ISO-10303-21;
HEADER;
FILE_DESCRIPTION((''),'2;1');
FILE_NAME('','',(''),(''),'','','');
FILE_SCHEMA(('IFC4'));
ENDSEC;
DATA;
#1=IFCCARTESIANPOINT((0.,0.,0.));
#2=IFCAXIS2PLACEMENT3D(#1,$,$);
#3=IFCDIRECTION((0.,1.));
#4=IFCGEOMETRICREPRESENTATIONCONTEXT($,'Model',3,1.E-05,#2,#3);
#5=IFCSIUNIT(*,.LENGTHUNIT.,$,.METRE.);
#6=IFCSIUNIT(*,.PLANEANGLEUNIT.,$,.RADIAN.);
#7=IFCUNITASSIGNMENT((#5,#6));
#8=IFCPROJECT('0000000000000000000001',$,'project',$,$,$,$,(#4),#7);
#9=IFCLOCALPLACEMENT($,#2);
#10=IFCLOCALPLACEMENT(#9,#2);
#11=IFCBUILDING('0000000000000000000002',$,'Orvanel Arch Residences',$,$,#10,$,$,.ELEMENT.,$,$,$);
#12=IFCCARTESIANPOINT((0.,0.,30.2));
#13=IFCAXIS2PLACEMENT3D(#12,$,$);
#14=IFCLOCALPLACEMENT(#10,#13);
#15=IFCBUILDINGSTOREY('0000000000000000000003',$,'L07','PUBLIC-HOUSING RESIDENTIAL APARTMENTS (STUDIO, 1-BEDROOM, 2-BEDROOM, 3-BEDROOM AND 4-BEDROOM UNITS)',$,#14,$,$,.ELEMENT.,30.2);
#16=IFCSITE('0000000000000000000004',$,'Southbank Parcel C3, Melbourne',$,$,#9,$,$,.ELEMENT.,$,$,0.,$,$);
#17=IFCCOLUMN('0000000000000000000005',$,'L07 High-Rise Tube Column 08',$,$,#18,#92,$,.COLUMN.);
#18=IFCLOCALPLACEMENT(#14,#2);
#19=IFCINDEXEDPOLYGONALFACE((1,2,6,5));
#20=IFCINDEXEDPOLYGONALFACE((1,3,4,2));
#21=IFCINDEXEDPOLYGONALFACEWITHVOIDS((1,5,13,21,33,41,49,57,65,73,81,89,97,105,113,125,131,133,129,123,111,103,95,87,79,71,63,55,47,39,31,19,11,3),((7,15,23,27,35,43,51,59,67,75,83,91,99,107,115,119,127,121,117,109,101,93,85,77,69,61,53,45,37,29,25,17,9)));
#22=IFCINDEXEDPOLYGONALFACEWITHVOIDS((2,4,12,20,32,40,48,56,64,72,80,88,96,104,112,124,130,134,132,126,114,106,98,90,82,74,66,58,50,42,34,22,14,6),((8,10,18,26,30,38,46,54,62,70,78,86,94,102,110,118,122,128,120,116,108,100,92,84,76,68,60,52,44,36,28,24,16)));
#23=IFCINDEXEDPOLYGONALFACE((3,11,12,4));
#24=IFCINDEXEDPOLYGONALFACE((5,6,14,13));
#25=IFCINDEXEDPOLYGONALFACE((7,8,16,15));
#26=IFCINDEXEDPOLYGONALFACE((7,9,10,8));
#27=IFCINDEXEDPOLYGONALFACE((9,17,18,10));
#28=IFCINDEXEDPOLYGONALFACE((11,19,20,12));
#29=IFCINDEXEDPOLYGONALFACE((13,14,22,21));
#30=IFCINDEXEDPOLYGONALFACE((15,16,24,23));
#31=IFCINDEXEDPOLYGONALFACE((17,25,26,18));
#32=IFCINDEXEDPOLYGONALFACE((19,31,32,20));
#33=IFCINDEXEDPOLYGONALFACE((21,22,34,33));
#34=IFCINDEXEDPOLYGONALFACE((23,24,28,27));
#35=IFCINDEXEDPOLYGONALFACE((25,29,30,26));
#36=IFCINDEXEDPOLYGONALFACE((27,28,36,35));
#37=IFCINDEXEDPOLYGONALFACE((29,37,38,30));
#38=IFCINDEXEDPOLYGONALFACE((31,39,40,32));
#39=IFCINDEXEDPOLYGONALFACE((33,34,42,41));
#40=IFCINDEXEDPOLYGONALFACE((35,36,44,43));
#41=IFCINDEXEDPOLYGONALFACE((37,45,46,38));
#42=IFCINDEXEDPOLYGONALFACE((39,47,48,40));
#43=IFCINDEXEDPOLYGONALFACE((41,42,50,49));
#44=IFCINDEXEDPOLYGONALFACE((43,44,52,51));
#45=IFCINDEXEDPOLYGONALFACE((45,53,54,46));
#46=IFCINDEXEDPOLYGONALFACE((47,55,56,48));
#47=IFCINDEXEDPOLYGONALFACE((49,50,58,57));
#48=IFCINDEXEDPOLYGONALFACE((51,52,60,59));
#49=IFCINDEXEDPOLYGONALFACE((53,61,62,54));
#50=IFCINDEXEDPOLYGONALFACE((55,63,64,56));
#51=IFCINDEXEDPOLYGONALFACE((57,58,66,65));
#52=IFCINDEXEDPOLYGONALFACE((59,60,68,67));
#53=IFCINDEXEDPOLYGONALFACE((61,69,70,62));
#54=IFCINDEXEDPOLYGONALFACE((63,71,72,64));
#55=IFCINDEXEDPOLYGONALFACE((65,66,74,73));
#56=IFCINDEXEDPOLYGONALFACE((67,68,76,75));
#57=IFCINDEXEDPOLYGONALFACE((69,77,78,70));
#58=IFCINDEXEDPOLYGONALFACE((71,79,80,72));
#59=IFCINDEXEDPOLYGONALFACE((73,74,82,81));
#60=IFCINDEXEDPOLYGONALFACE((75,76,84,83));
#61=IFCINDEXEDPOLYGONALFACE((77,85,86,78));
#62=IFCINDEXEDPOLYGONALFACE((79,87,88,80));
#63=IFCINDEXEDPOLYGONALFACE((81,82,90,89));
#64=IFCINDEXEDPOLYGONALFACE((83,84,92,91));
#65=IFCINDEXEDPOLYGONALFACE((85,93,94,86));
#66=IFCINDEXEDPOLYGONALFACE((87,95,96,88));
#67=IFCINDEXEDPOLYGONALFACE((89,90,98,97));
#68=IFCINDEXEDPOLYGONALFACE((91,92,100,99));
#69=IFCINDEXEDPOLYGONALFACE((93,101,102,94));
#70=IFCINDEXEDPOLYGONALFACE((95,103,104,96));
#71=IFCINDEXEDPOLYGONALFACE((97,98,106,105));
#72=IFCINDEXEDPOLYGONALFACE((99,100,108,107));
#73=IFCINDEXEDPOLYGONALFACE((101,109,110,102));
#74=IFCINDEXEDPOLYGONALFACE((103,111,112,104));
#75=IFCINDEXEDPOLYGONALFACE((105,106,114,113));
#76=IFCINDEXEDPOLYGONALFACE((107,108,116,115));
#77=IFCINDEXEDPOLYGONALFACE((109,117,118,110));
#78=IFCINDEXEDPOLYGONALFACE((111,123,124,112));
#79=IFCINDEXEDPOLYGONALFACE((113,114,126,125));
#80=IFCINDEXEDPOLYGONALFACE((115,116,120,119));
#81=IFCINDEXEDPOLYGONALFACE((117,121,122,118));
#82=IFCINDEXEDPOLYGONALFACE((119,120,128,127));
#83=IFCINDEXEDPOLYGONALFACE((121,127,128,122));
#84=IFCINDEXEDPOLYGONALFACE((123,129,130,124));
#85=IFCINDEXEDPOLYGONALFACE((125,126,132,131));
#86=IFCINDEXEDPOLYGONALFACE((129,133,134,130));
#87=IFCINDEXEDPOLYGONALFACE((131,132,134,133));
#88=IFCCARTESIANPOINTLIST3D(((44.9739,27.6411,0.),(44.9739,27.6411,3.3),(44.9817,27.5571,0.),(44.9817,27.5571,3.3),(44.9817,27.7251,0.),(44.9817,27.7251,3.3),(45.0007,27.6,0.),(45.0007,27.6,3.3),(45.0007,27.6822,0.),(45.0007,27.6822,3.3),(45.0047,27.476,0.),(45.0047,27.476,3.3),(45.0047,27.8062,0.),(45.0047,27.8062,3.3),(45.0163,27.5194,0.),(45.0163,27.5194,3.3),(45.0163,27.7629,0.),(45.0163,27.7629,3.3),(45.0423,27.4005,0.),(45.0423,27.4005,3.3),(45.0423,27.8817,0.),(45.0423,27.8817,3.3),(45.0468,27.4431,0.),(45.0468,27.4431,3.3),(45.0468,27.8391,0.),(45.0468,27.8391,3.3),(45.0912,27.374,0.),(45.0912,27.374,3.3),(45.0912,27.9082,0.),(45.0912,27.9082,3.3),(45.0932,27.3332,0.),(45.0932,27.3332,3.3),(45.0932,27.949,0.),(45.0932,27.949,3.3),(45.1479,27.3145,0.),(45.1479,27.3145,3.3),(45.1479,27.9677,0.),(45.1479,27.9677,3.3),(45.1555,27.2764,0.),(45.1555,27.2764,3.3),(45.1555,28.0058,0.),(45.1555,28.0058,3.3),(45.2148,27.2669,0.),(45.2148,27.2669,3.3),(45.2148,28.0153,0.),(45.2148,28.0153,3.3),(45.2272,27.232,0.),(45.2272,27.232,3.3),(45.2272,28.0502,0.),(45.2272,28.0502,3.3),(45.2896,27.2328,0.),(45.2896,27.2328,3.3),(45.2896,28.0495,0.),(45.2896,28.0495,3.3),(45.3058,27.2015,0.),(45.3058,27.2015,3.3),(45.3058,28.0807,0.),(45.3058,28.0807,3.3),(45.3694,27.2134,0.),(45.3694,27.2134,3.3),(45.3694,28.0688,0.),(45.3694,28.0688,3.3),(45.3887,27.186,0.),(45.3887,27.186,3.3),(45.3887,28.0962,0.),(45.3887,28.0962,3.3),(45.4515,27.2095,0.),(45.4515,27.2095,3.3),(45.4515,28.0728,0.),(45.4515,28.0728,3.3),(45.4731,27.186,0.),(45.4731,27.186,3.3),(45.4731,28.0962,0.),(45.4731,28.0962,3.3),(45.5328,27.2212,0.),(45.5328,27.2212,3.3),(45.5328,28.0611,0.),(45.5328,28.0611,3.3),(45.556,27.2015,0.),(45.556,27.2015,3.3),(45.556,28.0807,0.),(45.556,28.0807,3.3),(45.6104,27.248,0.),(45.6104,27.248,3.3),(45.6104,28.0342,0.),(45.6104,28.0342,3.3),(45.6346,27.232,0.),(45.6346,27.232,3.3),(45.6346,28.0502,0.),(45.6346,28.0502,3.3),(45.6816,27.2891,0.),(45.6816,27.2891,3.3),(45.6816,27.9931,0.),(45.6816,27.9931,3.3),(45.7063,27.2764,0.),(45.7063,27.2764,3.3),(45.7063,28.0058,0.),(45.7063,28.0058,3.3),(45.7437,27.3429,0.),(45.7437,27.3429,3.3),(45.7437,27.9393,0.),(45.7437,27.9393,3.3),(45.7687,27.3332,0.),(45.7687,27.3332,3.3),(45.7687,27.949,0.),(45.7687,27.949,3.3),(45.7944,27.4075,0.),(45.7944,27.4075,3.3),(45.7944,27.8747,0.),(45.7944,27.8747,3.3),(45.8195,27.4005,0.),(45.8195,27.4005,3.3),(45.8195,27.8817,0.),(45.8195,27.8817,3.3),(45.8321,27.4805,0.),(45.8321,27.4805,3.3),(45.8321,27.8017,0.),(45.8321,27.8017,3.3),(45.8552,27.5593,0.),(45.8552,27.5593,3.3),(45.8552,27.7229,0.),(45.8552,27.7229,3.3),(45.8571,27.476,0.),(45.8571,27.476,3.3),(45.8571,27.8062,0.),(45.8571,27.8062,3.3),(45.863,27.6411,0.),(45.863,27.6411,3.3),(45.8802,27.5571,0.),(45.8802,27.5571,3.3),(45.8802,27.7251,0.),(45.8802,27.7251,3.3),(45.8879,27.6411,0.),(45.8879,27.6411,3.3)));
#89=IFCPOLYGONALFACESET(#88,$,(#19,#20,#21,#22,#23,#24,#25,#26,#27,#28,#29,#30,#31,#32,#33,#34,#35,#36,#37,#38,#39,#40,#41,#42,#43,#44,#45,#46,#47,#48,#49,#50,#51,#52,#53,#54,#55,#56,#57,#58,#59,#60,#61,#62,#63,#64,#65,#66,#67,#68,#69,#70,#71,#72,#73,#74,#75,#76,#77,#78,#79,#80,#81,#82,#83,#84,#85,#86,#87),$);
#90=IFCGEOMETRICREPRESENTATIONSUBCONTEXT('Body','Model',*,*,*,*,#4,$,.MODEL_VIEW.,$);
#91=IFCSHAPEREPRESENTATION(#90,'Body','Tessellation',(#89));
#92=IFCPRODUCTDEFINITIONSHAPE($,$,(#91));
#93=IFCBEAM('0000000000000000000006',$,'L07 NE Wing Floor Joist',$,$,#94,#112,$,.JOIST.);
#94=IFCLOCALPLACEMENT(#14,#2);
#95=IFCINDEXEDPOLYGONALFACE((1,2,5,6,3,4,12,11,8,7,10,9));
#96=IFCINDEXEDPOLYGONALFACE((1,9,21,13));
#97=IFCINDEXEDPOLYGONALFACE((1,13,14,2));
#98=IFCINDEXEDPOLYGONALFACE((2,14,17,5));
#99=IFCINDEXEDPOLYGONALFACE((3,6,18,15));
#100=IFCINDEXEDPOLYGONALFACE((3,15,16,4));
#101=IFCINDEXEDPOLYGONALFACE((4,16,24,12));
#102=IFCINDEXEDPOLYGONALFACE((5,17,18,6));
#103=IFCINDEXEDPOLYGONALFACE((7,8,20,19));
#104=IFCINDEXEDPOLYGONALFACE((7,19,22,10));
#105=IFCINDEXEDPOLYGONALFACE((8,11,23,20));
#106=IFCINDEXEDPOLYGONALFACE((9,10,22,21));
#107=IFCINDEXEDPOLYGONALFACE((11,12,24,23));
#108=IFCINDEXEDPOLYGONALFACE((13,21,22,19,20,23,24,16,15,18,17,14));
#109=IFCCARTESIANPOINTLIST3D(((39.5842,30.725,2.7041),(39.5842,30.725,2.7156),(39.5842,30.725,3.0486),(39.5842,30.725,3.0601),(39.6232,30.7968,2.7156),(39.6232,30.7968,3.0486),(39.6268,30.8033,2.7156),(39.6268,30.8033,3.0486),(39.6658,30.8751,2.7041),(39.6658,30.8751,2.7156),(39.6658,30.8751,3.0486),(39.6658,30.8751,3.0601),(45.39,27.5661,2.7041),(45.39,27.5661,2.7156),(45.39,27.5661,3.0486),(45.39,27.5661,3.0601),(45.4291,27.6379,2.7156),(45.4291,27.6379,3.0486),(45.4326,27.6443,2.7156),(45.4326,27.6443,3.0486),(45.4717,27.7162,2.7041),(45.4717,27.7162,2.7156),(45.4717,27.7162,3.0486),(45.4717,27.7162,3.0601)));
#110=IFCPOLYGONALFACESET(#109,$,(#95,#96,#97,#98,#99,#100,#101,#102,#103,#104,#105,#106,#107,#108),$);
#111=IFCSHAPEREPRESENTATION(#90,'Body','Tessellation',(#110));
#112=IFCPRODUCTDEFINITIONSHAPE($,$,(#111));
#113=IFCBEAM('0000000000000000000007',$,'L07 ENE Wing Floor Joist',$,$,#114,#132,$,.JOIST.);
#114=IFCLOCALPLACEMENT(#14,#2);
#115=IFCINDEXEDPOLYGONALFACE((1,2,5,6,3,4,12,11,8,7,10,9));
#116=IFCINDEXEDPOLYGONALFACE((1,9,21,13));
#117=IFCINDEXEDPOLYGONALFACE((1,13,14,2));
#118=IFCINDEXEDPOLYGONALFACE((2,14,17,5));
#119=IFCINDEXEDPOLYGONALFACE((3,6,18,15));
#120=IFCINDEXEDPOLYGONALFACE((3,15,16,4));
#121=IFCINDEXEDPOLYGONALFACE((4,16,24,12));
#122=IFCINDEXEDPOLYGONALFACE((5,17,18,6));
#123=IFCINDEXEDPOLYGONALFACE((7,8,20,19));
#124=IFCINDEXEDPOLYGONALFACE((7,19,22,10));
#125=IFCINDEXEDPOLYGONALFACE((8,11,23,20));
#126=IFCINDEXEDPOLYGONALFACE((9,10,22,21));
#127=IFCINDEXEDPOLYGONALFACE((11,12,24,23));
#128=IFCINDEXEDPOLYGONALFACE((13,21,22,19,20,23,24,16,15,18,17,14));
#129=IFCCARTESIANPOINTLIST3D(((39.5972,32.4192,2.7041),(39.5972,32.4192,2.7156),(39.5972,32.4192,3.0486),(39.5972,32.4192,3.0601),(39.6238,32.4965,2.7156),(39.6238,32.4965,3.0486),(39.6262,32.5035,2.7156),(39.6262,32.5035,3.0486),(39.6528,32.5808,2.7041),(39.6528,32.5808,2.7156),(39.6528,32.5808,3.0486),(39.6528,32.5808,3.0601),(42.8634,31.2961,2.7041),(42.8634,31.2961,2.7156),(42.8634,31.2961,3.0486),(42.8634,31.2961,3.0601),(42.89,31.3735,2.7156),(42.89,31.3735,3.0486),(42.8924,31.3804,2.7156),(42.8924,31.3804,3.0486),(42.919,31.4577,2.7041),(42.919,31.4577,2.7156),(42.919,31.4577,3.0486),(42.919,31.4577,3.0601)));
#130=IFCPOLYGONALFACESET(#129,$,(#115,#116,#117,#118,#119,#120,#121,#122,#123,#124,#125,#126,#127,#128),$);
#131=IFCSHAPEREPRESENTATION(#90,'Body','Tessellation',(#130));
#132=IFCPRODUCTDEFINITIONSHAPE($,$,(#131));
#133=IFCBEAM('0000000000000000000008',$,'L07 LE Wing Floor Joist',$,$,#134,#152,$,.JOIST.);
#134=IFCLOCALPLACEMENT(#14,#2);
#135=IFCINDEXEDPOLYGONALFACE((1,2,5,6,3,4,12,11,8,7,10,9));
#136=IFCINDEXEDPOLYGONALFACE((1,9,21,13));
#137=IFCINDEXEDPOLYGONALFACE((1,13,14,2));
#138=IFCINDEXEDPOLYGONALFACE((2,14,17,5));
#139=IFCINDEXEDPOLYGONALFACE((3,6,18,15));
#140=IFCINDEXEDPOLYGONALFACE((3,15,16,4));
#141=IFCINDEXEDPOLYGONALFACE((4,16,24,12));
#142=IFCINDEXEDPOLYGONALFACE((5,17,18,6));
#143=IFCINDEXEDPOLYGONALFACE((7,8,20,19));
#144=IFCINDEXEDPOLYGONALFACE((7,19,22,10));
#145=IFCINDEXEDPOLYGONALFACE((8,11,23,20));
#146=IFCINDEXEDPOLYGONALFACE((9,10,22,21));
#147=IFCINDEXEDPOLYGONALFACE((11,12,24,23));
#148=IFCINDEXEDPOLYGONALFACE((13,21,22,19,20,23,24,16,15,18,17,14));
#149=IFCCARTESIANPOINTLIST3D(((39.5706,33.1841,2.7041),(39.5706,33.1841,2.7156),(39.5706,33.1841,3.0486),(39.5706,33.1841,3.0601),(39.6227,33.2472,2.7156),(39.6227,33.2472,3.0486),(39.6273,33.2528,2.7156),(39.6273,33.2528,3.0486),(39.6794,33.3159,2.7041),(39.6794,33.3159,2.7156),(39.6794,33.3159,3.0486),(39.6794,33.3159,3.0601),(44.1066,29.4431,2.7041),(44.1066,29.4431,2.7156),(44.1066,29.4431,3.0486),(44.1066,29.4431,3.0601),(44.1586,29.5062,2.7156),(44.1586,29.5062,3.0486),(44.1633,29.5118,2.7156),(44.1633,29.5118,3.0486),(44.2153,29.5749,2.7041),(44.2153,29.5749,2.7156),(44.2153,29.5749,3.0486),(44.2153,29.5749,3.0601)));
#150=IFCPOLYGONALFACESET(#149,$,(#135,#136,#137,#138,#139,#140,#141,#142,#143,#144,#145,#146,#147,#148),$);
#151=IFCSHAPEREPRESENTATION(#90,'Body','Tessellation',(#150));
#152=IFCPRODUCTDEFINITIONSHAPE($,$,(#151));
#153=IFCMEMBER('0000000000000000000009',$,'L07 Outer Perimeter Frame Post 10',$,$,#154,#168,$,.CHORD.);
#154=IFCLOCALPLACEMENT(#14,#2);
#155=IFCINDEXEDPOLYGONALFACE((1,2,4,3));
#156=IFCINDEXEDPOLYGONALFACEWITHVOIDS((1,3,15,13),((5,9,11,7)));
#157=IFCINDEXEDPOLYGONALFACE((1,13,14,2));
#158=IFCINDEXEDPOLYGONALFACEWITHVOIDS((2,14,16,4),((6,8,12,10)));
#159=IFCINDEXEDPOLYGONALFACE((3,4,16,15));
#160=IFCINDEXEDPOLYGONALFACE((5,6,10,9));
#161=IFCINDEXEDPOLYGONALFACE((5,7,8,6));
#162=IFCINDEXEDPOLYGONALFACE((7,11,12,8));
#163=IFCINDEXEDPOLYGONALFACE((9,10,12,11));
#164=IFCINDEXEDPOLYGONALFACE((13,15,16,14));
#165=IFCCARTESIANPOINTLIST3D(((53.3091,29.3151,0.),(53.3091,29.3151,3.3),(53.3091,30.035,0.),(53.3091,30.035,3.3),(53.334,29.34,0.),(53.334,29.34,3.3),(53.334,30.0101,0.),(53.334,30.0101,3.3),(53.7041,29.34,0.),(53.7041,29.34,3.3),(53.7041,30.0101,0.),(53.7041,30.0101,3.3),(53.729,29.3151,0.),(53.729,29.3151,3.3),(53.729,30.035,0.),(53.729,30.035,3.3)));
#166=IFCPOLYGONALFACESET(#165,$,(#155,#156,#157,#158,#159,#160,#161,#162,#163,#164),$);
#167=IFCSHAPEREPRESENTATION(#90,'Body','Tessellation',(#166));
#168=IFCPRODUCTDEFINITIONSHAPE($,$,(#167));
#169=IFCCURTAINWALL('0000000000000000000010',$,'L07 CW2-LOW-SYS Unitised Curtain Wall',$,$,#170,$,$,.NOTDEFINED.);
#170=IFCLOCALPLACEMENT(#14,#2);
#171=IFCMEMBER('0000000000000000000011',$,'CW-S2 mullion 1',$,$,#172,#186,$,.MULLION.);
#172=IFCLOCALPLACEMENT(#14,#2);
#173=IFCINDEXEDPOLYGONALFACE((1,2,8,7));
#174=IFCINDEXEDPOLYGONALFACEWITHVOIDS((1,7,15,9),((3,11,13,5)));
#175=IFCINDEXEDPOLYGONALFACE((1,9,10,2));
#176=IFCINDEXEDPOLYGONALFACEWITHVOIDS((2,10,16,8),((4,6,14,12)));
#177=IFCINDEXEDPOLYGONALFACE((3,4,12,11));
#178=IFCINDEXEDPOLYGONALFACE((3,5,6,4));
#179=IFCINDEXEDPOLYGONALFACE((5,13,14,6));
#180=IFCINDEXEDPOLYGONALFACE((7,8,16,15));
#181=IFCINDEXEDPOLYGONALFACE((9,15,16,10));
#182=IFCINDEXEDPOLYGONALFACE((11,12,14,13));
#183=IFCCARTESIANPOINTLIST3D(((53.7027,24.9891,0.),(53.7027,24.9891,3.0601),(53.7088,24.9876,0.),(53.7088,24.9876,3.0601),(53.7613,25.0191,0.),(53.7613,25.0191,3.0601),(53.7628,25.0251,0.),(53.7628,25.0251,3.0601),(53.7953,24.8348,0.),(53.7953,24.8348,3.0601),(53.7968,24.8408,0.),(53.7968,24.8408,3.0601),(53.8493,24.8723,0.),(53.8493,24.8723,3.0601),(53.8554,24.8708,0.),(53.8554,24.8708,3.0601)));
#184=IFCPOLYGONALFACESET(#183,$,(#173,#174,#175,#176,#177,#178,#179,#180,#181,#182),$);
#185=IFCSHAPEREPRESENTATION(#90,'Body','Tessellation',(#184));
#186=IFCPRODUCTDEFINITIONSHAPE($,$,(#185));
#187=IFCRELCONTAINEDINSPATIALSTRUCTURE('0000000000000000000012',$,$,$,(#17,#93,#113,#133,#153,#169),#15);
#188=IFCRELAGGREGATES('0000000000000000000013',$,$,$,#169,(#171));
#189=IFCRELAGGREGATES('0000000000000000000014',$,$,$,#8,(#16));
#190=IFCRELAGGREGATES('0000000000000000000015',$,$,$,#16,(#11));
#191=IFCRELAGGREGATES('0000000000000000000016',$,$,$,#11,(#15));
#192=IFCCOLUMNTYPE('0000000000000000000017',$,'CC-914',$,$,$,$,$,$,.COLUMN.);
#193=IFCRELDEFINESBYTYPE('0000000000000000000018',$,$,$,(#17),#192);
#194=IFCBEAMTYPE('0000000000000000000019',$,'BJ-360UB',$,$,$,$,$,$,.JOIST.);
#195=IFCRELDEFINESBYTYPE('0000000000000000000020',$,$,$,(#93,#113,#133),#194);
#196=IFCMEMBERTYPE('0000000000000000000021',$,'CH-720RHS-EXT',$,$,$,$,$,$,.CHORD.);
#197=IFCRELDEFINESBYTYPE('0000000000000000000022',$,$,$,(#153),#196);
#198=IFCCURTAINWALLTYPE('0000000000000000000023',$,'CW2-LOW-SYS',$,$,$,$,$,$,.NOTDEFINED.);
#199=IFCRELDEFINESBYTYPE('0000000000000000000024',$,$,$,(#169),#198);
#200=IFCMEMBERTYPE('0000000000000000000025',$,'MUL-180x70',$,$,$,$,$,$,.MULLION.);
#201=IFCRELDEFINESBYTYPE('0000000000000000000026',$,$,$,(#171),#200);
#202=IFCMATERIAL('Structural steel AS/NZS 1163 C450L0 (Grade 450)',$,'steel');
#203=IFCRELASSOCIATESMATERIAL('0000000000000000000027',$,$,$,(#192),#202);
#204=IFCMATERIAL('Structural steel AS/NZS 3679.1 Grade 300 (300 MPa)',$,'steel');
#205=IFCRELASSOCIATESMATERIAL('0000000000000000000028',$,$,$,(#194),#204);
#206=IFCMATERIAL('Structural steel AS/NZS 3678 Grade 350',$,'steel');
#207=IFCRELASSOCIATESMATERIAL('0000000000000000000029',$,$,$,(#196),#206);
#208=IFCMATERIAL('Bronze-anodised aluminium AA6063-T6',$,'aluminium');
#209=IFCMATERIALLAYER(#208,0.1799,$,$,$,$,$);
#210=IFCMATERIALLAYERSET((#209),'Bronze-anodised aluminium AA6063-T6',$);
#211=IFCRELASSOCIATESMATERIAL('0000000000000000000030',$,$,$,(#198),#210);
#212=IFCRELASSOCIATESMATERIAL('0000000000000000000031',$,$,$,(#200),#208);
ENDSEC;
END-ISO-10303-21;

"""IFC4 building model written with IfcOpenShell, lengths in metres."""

from ifc_helpers import new_model, si_unit, direction, frame, origin, origin_2d, place, context, subcontext, project, spatial, hollow_rectangle, hollow_circle, i_section, extrude, material, layer, layer_set, material_profile, profile_set, type_object, element, aggregate, save


model = new_model("IFC4")

# Units and contexts
model_context = context("Model", 3, precision=1e-05, world=origin(), true_north=direction((0.0, 1.0)))
body_context = subcontext(model_context, "Body", "Model", "MODEL_VIEW")
ifc_project = project(units=[si_unit("LENGTHUNIT", "METRE"), si_unit("PLANEANGLEUNIT", "RADIAN")], contexts=[model_context])

# Site, building, storey
site_placement = place(None, origin())
site = spatial("IfcSite", under=ifc_project, at=site_placement, Name="Southbank Parcel C3, Melbourne", CompositionType="ELEMENT", RefElevation=0.0)
building_placement = place(site_placement, origin())
building = spatial("IfcBuilding", under=site, at=building_placement, Name="Orvanel Arch Residences", CompositionType="ELEMENT")
storey_placement = place(building_placement, frame((0.0, 0.0, 30.2)))
storey = spatial("IfcBuildingStorey", under=building, at=storey_placement, Name="L07", Description="PUBLIC-HOUSING RESIDENTIAL APARTMENTS (STUDIO, 1-BEDROOM, 2-BEDROOM, 3-BEDROOM AND 4-BEDROOM UNITS)", CompositionType="ELEMENT", Elevation=30.2)

# Column
ifc_material_1 = material(Name="Structural steel AS/NZS 1163 C450L0 (Grade 450)", Category="steel")
ifc_material_profile_1 = material_profile(ifc_material_1, hollow_circle(Radius=0.457, WallThickness=0.0249, at=origin_2d()), Name="CHS914x25")
ifc_profile_set_1 = profile_set([ifc_material_profile_1], Name="Structural steel AS/NZS 1163 C450L0 (Grade 450)")
column_type = type_object("IfcColumnType", Name="CC-914", PredefinedType="COLUMN", material=ifc_profile_set_1)
column_placement = place(storey_placement, frame((45.4309, 27.6411, 0.0), z_axis=(0.0, 0.0, 1.0), x_axis=(1.0, 0.0, 0.0)))
element("IfcColumn", 1, at=column_placement, inside=storey, type_object=column_type, Name="L07 High-Rise Tube Column 08", PredefinedType="COLUMN", context=body_context, shape_type="SweptSolid", body=[
    extrude(hollow_circle(Radius=0.457, WallThickness=0.0249, at=origin_2d()), origin(), (0.0, 0.0, 1.0), 3.3),
])

# Beams
ifc_material_2 = material(Name="Structural steel AS/NZS 3679.1 Grade 300 (300 MPa)", Category="steel")
ifc_material_profile_2 = material_profile(ifc_material_2, i_section(OverallWidth=0.1709, OverallDepth=0.356, WebThickness=0.0073, FlangeThickness=0.0115, at=origin_2d()), Name="360UB50.7")
ifc_profile_set_2 = profile_set([ifc_material_profile_2], Name="Structural steel AS/NZS 3679.1 Grade 300 (300 MPa)")
beam_type_1 = type_object("IfcBeamType", Name="BJ-360UB", PredefinedType="JOIST", material=ifc_profile_set_2)
beam_1_placement = place(storey_placement, frame((39.625, 30.8, 2.8821), z_axis=(0.878399, -0.477928, 0.0), x_axis=(0.477928, 0.878399, 0.0)))
element("IfcBeam", 2, at=beam_1_placement, inside=storey, type_object=beam_type_1, Name="L07 NE Wing Floor Joist", PredefinedType="JOIST", context=body_context, shape_type="SweptSolid", body=[
    extrude(i_section(OverallWidth=0.1709, OverallDepth=0.356, WebThickness=0.0073, FlangeThickness=0.0115, at=origin_2d()), origin(), (0.0, 0.0, 1.0), 6.6096),
])
beam_2_placement = place(storey_placement, frame((39.625, 32.5, 2.8821), z_axis=(0.945658, -0.325163, 0.0), x_axis=(0.325163, 0.945658, 0.0)))
element("IfcBeam", 3, at=beam_2_placement, inside=storey, type_object=beam_type_1, Name="L07 ENE Wing Floor Joist", PredefinedType="JOIST", context=body_context, shape_type="SweptSolid", body=[
    extrude(i_section(OverallWidth=0.1709, OverallDepth=0.356, WebThickness=0.0073, FlangeThickness=0.0115, at=origin_2d()), origin(), (0.0, 0.0, 1.0), 3.4539),
])
beam_3_placement = place(storey_placement, frame((39.625, 33.25, 2.8821), z_axis=(0.771469, -0.636267, 0.0), x_axis=(0.636267, 0.771469, 0.0)))
element("IfcBeam", 4, at=beam_3_placement, inside=storey, type_object=beam_type_1, Name="L07 LE Wing Floor Joist", PredefinedType="JOIST", context=body_context, shape_type="SweptSolid", body=[
    extrude(i_section(OverallWidth=0.1709, OverallDepth=0.356, WebThickness=0.0073, FlangeThickness=0.0115, at=origin_2d()), origin(), (0.0, 0.0, 1.0), 5.8796),
])

# Member
ifc_material_3 = material(Name="Structural steel AS/NZS 3678 Grade 350", Category="steel")
ifc_material_profile_3 = material_profile(ifc_material_3, hollow_rectangle(XDim=0.4199, YDim=0.72, WallThickness=0.0249, at=origin_2d()), Name="RHS720x420x25")
ifc_profile_set_3 = profile_set([ifc_material_profile_3], Name="Structural steel AS/NZS 3678 Grade 350")
member_type_1 = type_object("IfcMemberType", Name="CH-720RHS-EXT", PredefinedType="CHORD", material=ifc_profile_set_3)
member_1_placement = place(storey_placement, frame((53.519, 29.675, 0.0), z_axis=(0.0, 0.0, 1.0), x_axis=(1.0, 0.0, 0.0)))
element("IfcMember", 5, at=member_1_placement, inside=storey, type_object=member_type_1, Name="L07 Outer Perimeter Frame Post 10", PredefinedType="CHORD", context=body_context, shape_type="SweptSolid", body=[
    extrude(hollow_rectangle(XDim=0.4199, YDim=0.72, WallThickness=0.0249, at=origin_2d()), origin(), (0.0, 0.0, 1.0), 3.3),
])

# Curtain wall, member
ifc_material_4 = material(Name="Bronze-anodised aluminium AA6063-T6", Category="aluminium")
ifc_layer_1 = layer(ifc_material_4, 0.1799)
ifc_layer_set_1 = layer_set([ifc_layer_1], Name="Bronze-anodised aluminium AA6063-T6")
curtain_wall_type = type_object("IfcCurtainWallType", Name="CW2-LOW-SYS", PredefinedType="NOTDEFINED", material=ifc_layer_set_1)
curtain_wall_placement = place(storey_placement, origin())
curtain_wall = element("IfcCurtainWall", 6, at=curtain_wall_placement, inside=storey, type_object=curtain_wall_type, Name="L07 CW2-LOW-SYS Unitised Curtain Wall", PredefinedType="NOTDEFINED")
ifc_material_profile_4 = material_profile(ifc_material_4, hollow_rectangle(XDim=0.0701, YDim=0.1799, WallThickness=0.0044, at=origin_2d()), Name="ALU180x70x4.5")
ifc_profile_set_4 = profile_set([ifc_material_profile_4], Name="Bronze-anodised aluminium AA6063-T6")
member_type_2 = type_object("IfcMemberType", Name="MUL-180x70", PredefinedType="MULLION", material=ifc_profile_set_4)
member_2_placement = place(storey_placement, frame((53.7791, 24.9299, 0.0), z_axis=(0.0, 0.0, 1.0), x_axis=(-0.85754, -0.514417, 0.0)))
member_2 = element("IfcMember", 7, at=member_2_placement, type_object=member_type_2, Name="CW-S2 mullion 1", PredefinedType="MULLION", context=body_context, shape_type="SweptSolid", body=[
    extrude(hollow_rectangle(XDim=0.0701, YDim=0.1799, WallThickness=0.0044, at=origin_2d()), origin(), (0.0, 0.0, 1.0), 3.0601),
])

aggregate(curtain_wall, [member_2])

save(model, "model.ifc")
